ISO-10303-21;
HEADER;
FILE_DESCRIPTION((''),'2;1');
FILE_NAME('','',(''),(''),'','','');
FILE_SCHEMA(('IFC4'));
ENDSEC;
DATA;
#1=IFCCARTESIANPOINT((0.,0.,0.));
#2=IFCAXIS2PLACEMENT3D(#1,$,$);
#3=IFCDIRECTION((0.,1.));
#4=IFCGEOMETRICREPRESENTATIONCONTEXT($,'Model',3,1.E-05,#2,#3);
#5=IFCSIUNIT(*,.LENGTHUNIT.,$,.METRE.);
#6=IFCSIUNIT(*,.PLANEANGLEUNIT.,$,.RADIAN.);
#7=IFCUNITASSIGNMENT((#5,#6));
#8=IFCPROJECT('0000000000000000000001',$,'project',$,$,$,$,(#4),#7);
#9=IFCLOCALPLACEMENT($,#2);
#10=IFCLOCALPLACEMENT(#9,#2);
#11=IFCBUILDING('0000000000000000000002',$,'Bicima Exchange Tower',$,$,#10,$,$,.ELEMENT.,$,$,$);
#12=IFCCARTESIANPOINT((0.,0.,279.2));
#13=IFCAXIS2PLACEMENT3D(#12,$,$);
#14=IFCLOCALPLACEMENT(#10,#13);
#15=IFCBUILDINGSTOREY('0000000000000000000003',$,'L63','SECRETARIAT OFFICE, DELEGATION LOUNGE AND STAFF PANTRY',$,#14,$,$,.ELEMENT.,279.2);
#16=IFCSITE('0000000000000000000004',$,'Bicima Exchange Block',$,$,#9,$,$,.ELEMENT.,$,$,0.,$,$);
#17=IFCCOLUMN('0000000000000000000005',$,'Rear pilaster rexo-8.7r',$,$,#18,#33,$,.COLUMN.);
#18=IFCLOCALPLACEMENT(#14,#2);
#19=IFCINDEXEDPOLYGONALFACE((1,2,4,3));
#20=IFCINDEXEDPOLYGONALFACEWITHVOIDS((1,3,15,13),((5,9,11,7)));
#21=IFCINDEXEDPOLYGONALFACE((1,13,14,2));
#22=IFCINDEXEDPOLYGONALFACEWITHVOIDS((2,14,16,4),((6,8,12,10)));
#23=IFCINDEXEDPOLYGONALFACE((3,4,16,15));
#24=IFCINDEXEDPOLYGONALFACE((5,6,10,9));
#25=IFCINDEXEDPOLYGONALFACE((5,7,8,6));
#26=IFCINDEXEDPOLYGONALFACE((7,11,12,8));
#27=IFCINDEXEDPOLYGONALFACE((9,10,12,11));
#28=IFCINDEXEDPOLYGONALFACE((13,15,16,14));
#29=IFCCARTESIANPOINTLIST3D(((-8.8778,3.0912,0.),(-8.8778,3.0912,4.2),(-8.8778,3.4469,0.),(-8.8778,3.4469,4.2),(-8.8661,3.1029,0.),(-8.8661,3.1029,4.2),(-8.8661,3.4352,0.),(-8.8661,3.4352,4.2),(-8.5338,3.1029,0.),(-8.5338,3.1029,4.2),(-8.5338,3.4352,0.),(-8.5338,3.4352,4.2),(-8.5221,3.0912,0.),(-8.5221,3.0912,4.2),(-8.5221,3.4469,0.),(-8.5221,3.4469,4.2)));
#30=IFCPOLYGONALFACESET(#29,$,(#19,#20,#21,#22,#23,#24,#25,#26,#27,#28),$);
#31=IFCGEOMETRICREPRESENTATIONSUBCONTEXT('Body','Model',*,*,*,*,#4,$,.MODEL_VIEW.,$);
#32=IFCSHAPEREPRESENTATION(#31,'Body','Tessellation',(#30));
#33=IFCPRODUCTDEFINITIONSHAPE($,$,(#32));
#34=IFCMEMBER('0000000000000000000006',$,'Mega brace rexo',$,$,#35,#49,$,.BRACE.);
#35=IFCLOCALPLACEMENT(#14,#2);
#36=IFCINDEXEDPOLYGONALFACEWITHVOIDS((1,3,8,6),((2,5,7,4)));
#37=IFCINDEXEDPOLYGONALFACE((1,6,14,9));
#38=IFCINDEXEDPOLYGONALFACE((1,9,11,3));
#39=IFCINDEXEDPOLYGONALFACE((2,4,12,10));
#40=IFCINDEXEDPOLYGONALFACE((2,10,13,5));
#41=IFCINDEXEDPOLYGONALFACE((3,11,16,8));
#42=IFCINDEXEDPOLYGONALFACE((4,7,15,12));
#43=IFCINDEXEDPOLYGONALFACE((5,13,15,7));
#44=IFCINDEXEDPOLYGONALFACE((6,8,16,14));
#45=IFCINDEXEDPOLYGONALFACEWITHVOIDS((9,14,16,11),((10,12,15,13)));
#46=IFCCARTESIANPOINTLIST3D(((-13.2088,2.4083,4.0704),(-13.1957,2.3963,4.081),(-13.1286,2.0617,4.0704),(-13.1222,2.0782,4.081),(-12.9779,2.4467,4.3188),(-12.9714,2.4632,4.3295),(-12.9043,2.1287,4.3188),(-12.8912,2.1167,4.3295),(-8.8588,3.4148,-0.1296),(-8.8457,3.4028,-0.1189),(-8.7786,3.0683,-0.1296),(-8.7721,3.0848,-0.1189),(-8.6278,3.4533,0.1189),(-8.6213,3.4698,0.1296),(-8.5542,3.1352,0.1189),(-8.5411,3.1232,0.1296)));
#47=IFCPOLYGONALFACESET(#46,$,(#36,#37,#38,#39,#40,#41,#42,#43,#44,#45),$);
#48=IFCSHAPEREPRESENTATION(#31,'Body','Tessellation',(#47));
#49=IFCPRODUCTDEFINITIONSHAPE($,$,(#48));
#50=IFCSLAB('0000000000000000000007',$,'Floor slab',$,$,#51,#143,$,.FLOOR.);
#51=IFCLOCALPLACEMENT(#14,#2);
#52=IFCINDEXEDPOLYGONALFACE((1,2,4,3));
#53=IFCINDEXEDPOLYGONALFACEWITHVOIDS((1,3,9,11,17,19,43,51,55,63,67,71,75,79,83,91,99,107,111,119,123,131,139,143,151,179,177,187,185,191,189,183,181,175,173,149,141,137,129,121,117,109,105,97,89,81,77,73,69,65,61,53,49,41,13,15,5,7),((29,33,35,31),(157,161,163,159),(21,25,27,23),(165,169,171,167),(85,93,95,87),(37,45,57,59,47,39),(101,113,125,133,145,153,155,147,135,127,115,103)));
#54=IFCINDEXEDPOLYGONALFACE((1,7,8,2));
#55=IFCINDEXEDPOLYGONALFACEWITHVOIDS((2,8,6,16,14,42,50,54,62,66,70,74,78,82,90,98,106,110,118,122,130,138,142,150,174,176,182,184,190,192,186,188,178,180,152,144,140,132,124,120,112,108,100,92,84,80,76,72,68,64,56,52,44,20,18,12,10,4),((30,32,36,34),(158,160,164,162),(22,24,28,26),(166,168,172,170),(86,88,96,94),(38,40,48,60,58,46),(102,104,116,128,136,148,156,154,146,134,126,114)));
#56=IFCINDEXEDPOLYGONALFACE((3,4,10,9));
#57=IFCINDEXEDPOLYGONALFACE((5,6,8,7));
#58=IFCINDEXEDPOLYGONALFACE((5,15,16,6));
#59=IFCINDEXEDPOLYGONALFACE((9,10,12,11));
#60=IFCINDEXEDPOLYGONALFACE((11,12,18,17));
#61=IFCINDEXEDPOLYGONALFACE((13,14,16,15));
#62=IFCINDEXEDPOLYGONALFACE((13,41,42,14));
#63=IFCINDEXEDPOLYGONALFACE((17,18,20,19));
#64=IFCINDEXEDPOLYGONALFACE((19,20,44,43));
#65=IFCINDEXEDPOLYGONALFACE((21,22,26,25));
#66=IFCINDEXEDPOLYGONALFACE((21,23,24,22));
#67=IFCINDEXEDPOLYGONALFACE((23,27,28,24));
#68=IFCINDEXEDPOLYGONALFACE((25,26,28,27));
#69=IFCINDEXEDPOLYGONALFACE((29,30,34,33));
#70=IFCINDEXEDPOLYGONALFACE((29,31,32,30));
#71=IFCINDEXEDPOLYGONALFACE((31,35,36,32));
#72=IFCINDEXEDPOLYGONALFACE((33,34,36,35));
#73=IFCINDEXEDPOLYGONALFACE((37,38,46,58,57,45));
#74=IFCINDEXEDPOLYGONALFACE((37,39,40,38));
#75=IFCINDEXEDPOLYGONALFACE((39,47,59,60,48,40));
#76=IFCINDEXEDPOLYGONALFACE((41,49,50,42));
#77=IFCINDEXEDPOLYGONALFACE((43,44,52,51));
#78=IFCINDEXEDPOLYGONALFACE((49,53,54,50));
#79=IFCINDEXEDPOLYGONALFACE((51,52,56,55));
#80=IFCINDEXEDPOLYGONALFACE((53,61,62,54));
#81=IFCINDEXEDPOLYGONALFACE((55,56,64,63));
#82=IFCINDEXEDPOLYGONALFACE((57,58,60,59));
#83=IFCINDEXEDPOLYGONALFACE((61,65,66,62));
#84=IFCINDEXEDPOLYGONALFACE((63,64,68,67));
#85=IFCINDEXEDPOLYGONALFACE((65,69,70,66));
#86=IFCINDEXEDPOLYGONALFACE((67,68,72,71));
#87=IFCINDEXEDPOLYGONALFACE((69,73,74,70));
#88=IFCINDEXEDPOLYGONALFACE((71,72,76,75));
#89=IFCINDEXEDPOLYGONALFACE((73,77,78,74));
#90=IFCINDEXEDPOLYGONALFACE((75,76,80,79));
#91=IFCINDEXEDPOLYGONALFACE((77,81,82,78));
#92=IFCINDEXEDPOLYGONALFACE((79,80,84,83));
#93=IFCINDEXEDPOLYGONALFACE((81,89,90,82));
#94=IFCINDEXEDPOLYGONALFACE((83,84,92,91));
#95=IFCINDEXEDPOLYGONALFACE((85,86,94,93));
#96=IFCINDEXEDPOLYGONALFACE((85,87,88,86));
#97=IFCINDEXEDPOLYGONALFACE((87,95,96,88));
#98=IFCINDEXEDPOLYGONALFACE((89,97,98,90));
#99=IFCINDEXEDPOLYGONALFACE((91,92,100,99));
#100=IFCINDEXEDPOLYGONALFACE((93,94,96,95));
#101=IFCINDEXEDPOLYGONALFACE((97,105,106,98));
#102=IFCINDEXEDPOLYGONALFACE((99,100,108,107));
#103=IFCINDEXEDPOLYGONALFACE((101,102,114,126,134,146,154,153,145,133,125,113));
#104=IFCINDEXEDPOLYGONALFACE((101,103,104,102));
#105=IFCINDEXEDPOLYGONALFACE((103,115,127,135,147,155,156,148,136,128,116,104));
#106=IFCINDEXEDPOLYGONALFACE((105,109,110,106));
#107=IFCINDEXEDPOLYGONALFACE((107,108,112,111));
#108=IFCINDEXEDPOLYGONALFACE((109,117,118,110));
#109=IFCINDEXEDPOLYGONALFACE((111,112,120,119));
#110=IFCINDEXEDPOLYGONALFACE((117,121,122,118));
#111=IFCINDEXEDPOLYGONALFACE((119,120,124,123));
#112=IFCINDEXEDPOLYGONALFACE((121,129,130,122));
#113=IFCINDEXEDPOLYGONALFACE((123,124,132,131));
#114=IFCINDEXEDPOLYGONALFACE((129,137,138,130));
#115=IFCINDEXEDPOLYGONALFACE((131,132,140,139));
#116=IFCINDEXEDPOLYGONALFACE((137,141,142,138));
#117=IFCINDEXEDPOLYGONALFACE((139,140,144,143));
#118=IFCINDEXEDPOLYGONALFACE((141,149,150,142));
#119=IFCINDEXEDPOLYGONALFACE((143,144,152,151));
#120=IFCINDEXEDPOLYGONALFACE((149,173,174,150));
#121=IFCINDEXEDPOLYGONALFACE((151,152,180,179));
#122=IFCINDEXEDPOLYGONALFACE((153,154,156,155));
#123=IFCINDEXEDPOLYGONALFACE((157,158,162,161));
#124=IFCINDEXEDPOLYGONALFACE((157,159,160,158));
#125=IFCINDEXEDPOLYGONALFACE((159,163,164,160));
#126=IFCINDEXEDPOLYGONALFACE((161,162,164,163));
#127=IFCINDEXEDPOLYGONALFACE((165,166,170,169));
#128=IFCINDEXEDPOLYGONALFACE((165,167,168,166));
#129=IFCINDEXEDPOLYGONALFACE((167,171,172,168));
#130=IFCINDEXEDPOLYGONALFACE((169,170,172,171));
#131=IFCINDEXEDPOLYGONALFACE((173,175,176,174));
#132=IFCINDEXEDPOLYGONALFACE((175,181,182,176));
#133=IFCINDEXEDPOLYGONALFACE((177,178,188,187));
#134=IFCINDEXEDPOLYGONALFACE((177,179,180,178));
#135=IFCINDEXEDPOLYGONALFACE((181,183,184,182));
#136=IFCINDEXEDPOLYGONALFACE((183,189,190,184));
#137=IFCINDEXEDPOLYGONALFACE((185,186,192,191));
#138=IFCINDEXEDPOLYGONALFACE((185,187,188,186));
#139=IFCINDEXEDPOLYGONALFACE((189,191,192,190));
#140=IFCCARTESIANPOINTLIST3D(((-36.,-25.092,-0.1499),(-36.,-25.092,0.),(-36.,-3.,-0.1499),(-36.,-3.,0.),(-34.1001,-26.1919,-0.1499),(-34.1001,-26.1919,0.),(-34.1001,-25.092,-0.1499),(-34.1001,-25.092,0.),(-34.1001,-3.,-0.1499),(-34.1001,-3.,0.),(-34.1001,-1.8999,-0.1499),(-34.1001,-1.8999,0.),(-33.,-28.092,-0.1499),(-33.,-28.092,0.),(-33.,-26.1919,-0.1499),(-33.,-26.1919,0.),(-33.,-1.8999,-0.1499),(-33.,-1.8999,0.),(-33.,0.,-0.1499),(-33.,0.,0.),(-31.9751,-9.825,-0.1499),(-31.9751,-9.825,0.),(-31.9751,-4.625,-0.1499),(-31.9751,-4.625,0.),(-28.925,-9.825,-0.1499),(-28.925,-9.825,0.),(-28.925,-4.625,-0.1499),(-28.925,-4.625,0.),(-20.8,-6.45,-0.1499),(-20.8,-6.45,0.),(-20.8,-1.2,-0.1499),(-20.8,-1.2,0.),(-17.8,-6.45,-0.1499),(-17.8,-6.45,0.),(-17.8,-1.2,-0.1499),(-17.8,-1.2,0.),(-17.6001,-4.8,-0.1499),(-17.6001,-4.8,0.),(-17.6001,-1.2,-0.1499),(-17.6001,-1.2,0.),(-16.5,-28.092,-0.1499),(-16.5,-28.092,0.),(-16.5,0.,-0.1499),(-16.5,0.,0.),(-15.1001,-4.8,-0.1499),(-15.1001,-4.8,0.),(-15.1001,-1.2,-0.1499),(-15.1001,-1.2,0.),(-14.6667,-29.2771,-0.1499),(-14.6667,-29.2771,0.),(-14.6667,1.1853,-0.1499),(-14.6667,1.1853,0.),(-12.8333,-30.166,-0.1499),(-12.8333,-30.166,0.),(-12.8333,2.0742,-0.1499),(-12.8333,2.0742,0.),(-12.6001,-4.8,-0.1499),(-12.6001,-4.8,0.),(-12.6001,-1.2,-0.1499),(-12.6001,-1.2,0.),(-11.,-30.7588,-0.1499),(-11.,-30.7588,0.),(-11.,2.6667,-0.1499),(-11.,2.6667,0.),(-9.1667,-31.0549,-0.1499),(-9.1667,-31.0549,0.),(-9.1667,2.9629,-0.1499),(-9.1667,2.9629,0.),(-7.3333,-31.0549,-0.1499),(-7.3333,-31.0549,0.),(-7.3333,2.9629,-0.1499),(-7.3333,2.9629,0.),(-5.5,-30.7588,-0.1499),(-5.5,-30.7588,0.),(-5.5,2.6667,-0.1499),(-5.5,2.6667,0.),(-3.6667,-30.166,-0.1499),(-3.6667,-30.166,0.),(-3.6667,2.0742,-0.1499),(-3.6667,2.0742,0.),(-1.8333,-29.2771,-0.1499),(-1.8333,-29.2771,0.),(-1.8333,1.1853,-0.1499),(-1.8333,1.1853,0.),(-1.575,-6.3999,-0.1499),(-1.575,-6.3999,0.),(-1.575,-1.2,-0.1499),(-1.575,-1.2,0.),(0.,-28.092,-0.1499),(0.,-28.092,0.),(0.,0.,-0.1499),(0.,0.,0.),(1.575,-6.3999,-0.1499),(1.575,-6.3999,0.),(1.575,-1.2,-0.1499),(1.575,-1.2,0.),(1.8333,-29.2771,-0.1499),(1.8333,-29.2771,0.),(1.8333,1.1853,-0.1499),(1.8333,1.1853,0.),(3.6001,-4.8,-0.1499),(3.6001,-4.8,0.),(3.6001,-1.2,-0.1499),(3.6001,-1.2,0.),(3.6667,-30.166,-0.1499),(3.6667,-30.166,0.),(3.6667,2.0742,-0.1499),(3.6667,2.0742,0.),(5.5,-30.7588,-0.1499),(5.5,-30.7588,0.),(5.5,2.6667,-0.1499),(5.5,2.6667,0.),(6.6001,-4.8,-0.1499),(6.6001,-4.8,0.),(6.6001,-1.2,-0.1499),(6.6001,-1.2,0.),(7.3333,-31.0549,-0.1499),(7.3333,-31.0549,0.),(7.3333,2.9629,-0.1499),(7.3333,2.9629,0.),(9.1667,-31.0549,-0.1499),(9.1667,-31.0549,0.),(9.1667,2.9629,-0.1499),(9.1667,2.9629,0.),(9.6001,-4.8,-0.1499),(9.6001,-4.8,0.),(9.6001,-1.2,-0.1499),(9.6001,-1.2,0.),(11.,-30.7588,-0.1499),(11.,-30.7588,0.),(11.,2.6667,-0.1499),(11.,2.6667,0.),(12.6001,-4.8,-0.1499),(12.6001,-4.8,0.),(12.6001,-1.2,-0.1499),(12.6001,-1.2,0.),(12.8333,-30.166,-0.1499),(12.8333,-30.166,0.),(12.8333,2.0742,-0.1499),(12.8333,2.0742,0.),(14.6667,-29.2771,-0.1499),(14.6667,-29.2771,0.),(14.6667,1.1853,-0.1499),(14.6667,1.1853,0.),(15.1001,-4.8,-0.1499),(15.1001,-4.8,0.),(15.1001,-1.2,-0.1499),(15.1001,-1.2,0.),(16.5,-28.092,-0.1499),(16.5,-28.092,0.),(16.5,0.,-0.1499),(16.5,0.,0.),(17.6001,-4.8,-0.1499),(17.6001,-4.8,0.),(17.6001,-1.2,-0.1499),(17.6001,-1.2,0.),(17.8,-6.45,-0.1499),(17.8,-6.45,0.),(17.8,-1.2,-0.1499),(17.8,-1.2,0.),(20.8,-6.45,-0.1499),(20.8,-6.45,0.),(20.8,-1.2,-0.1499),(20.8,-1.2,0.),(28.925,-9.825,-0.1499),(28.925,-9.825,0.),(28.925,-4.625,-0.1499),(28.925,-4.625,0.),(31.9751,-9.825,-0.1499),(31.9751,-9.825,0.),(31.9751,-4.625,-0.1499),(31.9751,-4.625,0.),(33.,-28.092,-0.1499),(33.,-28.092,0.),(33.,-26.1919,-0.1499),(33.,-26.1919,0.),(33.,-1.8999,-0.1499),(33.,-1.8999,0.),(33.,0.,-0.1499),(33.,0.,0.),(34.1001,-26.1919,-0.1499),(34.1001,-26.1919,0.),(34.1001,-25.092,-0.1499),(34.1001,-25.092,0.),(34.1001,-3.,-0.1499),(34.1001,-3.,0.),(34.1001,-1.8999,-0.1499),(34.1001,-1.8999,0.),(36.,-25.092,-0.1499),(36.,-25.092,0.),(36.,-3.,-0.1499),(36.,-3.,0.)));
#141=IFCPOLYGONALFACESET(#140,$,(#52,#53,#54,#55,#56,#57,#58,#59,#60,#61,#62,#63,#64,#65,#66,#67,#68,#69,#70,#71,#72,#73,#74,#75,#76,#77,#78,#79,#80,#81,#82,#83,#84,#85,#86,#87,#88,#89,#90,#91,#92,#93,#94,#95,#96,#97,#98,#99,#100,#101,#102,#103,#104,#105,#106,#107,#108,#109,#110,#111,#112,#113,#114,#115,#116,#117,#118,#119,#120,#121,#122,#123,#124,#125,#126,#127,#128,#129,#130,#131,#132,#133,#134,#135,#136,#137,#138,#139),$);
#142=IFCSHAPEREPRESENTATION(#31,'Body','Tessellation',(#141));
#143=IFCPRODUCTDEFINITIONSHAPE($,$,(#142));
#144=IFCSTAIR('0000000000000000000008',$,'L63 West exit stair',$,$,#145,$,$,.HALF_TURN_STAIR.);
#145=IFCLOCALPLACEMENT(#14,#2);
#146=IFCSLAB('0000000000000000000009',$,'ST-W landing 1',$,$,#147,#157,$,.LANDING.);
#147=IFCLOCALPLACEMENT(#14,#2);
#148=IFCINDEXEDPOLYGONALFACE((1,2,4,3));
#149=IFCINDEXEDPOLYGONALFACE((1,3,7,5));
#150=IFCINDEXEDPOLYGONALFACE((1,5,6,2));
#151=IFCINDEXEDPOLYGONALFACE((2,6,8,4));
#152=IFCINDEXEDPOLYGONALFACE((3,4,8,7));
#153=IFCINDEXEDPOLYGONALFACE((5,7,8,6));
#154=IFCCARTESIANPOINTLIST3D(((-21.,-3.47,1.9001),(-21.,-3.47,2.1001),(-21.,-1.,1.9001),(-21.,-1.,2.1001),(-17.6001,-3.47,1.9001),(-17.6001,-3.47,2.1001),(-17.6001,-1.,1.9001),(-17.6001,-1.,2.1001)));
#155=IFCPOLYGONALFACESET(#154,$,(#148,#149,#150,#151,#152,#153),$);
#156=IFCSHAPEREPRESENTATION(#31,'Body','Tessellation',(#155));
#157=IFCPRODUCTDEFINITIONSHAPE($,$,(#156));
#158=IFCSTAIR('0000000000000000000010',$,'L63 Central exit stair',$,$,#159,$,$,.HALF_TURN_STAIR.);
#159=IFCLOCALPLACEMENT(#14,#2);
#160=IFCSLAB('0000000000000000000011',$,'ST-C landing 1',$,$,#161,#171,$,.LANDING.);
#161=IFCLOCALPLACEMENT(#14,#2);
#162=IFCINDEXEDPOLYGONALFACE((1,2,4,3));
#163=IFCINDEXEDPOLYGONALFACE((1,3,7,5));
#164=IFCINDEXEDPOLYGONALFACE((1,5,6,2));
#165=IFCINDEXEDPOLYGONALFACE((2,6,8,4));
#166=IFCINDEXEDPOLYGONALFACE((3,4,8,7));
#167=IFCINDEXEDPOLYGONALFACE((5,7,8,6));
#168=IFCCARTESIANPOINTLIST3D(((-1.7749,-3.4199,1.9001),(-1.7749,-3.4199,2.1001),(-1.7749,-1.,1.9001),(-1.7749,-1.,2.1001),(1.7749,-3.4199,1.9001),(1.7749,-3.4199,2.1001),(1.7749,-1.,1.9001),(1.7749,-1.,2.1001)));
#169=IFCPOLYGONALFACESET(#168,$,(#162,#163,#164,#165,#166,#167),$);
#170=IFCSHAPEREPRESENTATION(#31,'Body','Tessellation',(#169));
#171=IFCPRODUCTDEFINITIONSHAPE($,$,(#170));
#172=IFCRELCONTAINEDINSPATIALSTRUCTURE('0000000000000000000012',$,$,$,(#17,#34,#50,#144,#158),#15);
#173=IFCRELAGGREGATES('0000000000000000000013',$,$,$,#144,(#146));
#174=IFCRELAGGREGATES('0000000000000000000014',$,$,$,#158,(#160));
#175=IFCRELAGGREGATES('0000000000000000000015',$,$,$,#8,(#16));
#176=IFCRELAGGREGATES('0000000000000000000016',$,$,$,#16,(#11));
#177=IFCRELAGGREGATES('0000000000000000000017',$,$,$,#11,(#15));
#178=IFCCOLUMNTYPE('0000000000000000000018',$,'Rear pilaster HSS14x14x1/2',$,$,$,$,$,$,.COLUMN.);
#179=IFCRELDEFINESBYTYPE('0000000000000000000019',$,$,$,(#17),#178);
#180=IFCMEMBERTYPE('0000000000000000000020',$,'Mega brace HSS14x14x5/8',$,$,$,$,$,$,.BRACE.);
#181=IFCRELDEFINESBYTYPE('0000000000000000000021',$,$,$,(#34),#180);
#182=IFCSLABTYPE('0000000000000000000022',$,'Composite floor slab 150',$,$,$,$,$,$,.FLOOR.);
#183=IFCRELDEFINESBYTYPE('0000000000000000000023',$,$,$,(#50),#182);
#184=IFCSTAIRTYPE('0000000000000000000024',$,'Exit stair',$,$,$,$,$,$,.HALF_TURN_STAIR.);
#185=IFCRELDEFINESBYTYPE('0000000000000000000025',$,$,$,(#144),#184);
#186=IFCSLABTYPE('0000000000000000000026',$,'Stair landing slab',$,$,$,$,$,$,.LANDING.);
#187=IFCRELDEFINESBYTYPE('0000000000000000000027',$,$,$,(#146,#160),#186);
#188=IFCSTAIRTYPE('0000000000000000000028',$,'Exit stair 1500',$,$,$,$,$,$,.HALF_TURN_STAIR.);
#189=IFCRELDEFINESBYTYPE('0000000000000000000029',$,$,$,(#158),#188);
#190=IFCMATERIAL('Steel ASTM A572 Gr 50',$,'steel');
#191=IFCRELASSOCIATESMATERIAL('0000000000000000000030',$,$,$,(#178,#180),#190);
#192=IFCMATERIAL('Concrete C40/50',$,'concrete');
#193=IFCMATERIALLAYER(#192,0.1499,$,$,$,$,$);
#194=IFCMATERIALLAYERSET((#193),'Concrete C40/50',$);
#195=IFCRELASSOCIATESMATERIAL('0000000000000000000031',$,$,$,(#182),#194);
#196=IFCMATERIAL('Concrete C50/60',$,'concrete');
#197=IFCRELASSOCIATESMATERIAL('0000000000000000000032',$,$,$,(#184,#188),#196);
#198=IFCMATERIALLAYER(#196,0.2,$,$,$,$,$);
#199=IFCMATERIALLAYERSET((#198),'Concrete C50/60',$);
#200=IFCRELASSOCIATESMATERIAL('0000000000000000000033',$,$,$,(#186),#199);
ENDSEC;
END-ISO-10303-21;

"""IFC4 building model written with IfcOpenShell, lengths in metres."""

from ifc_helpers import new_model, si_unit, direction, frame, origin, origin_2d, place, context, subcontext, project, spatial, polyline, hollow_rectangle, outline, extrude, material, layer, layer_set, material_profile, profile_set, type_object, element, aggregate, save


model = new_model("IFC4")

# Units and contexts
model_context = context("Model", 3, precision=1e-05, world=origin(), true_north=direction((0.0, 1.0)))
body_context = subcontext(model_context, "Body", "Model", "MODEL_VIEW")
ifc_project = project(units=[si_unit("LENGTHUNIT", "METRE"), si_unit("PLANEANGLEUNIT", "RADIAN")], contexts=[model_context])

# Site, building, storey
site_placement = place(None, origin())
site = spatial("IfcSite", under=ifc_project, at=site_placement, Name="Bicima Exchange Block", CompositionType="ELEMENT", RefElevation=0.0)
building_placement = place(site_placement, origin())
building = spatial("IfcBuilding", under=site, at=building_placement, Name="Bicima Exchange Tower", CompositionType="ELEMENT")
storey_placement = place(building_placement, frame((0.0, 0.0, 279.2)))
storey = spatial("IfcBuildingStorey", under=building, at=storey_placement, Name="L63", Description="SECRETARIAT OFFICE, DELEGATION LOUNGE AND STAFF PANTRY", CompositionType="ELEMENT", Elevation=279.2)

# Column
ifc_material_1 = material(Name="Steel ASTM A572 Gr 50", Category="steel")
ifc_material_profile_1 = material_profile(ifc_material_1, hollow_rectangle(XDim=0.3557, YDim=0.3557, WallThickness=0.0117, at=origin_2d()))
ifc_profile_set_1 = profile_set([ifc_material_profile_1], Name="Steel ASTM A572 Gr 50")
column_type = type_object("IfcColumnType", Name="Rear pilaster HSS14x14x1/2", PredefinedType="COLUMN", material=ifc_profile_set_1)
column_placement = place(storey_placement, frame((-8.7, 3.269, 0.0), z_axis=(0.0, 0.0, 1.0), x_axis=(1.0, 0.0, 0.0)))
element("IfcColumn", 1, at=column_placement, inside=storey, type_object=column_type, Name="Rear pilaster rexo-8.7r", PredefinedType="COLUMN", context=body_context, shape_type="SweptSolid", body=[
    extrude(hollow_rectangle(XDim=0.3557, YDim=0.3557, WallThickness=0.0117, at=origin_2d()), origin(), (0.0, 0.0, 1.0), 4.2),
])

# Member
ifc_material_profile_2 = material_profile(ifc_material_1, hollow_rectangle(XDim=0.3557, YDim=0.3557, WallThickness=0.0146, at=origin_2d()))
ifc_profile_set_2 = profile_set([ifc_material_profile_2], Name="Steel ASTM A572 Gr 50")
member_type = type_object("IfcMemberType", Name="Mega brace HSS14x14x5/8", PredefinedType="BRACE", material=ifc_profile_set_2)
member_placement = place(storey_placement, frame((-8.7, 3.269, 0.0), z_axis=(-0.709648, -0.164209, 0.685154), x_axis=(0.225439, -0.974257, 0.0)))
element("IfcMember", 2, at=member_placement, inside=storey, type_object=member_type, Name="Mega brace rexo", PredefinedType="BRACE", context=body_context, shape_type="SweptSolid", body=[
    extrude(hollow_rectangle(XDim=0.3557, YDim=0.3557, WallThickness=0.0146, at=origin_2d()), origin(), (0.0, 0.0, 1.0), 6.1299),
])

# Slab
ifc_material_2 = material(Name="Concrete C40/50", Category="concrete")
ifc_layer_1 = layer(ifc_material_2, 0.1499)
ifc_layer_set_1 = layer_set([ifc_layer_1], Name="Concrete C40/50")
slab_type_1 = type_object("IfcSlabType", Name="Composite floor slab 150", PredefinedType="FLOOR", material=ifc_layer_set_1)
slab_1_placement = place(storey_placement, frame((0.0, 0.0, -0.1499)))
element("IfcSlab", 3, at=slab_1_placement, inside=storey, type_object=slab_type_1, Name="Floor slab", PredefinedType="FLOOR", context=body_context, shape_type="SweptSolid", body=[
    extrude(outline(polyline([(-36.0, -25.092), (-36.0, -3.0), (-34.1001, -3.0), (-34.1001, -1.8999), (-33.0, -1.8999), (-33.0, 0.0), (-16.5, 0.0), (-14.6667, 1.1853), (-12.8333, 2.0742), (-11.0, 2.6667), (-9.1667, 2.9629), (-7.3333, 2.9629), (-5.5, 2.6667), (-3.6667, 2.0742), (-1.8333, 1.1853), (0.0, 0.0), (1.8333, 1.1853), (3.6667, 2.0742), (5.5, 2.6667), (7.3333, 2.9629), (9.1667, 2.9629), (11.0, 2.6667), (12.8333, 2.0742), (14.6667, 1.1853), (16.5, 0.0), (33.0, 0.0), (33.0, -1.8999), (34.1001, -1.8999), (34.1001, -3.0), (36.0, -3.0), (36.0, -25.092), (34.1001, -25.092), (34.1001, -26.1919), (33.0, -26.1919), (33.0, -28.092), (16.5, -28.092), (14.6667, -29.2771), (12.8333, -30.166), (11.0, -30.7588), (9.1667, -31.0549), (7.3333, -31.0549), (5.5, -30.7588), (3.6667, -30.166), (1.8333, -29.2771), (0.0, -28.092), (-1.8333, -29.2771), (-3.6667, -30.166), (-5.5, -30.7588), (-7.3333, -31.0549), (-9.1667, -31.0549), (-11.0, -30.7588), (-12.8333, -30.166), (-14.6667, -29.2771), (-16.5, -28.092), (-33.0, -28.092), (-33.0, -26.1919), (-34.1001, -26.1919), (-34.1001, -25.092), (-36.0, -25.092)]), holes=[polyline([(-28.925, -9.825), (-28.925, -4.625), (-31.9751, -4.625), (-31.9751, -9.825), (-28.925, -9.825)]), polyline([(-20.8, -6.45), (-17.8, -6.45), (-17.8, -1.2), (-20.8, -1.2), (-20.8, -6.45)]), polyline([(-1.575, -6.3999), (1.575, -6.3999), (1.575, -1.2), (-1.575, -1.2), (-1.575, -6.3999)]), polyline([(-12.6001, -1.2), (-15.1001, -1.2), (-17.6001, -1.2), (-17.6001, -4.8), (-15.1001, -4.8), (-12.6001, -4.8), (-12.6001, -1.2)]), polyline([(3.6001, -4.8), (6.6001, -4.8), (9.6001, -4.8), (12.6001, -4.8), (15.1001, -4.8), (17.6001, -4.8), (17.6001, -1.2), (15.1001, -1.2), (12.6001, -1.2), (9.6001, -1.2), (6.6001, -1.2), (3.6001, -1.2), (3.6001, -4.8)]), polyline([(31.9751, -9.825), (31.9751, -4.625), (28.925, -4.625), (28.925, -9.825), (31.9751, -9.825)]), polyline([(17.8, -6.45), (20.8, -6.45), (20.8, -1.2), (17.8, -1.2), (17.8, -6.45)])]), origin(), (0.0, 0.0, 1.0), 0.1499),
])

# Stairs, slabs
ifc_material_3 = material(Name="Concrete C50/60", Category="concrete")
stair_type_1 = type_object("IfcStairType", Name="Exit stair", PredefinedType="HALF_TURN_STAIR", material=ifc_material_3)
stair_1_placement = place(storey_placement, origin())
stair_1 = element("IfcStair", 4, at=stair_1_placement, inside=storey, type_object=stair_type_1, Name="L63 West exit stair", PredefinedType="HALF_TURN_STAIR")
ifc_layer_2 = layer(ifc_material_3, 0.2)
ifc_layer_set_2 = layer_set([ifc_layer_2], Name="Concrete C50/60")
slab_type_2 = type_object("IfcSlabType", Name="Stair landing slab", PredefinedType="LANDING", material=ifc_layer_set_2)
slab_2_placement = place(storey_placement, frame((0.0, 0.0, 1.9001)))
slab_2 = element("IfcSlab", 5, at=slab_2_placement, type_object=slab_type_2, Name="ST-W landing 1", PredefinedType="LANDING", context=body_context, shape_type="SweptSolid", body=[
    extrude(outline(polyline([(-17.6001, -3.47), (-17.6001, -1.0), (-21.0, -1.0), (-21.0, -3.47), (-17.6001, -3.47)])), origin(), (0.0, 0.0, 1.0), 0.2),
])
aggregate(stair_1, [slab_2])
stair_type_2 = type_object("IfcStairType", Name="Exit stair 1500", PredefinedType="HALF_TURN_STAIR", material=ifc_material_3)
stair_2_placement = place(storey_placement, origin())
stair_2 = element("IfcStair", 6, at=stair_2_placement, inside=storey, type_object=stair_type_2, Name="L63 Central exit stair", PredefinedType="HALF_TURN_STAIR")
slab_3_placement = place(storey_placement, frame((0.0, 0.0, 1.9001)))
slab_3 = element("IfcSlab", 7, at=slab_3_placement, type_object=slab_type_2, Name="ST-C landing 1", PredefinedType="LANDING", context=body_context, shape_type="SweptSolid", body=[
    extrude(outline(polyline([(1.7749, -3.4199), (1.7749, -1.0), (-1.7749, -1.0), (-1.7749, -3.4199), (1.7749, -3.4199)])), origin(), (0.0, 0.0, 1.0), 0.2),
])

aggregate(stair_2, [slab_3])

save(model, "model.ifc")
